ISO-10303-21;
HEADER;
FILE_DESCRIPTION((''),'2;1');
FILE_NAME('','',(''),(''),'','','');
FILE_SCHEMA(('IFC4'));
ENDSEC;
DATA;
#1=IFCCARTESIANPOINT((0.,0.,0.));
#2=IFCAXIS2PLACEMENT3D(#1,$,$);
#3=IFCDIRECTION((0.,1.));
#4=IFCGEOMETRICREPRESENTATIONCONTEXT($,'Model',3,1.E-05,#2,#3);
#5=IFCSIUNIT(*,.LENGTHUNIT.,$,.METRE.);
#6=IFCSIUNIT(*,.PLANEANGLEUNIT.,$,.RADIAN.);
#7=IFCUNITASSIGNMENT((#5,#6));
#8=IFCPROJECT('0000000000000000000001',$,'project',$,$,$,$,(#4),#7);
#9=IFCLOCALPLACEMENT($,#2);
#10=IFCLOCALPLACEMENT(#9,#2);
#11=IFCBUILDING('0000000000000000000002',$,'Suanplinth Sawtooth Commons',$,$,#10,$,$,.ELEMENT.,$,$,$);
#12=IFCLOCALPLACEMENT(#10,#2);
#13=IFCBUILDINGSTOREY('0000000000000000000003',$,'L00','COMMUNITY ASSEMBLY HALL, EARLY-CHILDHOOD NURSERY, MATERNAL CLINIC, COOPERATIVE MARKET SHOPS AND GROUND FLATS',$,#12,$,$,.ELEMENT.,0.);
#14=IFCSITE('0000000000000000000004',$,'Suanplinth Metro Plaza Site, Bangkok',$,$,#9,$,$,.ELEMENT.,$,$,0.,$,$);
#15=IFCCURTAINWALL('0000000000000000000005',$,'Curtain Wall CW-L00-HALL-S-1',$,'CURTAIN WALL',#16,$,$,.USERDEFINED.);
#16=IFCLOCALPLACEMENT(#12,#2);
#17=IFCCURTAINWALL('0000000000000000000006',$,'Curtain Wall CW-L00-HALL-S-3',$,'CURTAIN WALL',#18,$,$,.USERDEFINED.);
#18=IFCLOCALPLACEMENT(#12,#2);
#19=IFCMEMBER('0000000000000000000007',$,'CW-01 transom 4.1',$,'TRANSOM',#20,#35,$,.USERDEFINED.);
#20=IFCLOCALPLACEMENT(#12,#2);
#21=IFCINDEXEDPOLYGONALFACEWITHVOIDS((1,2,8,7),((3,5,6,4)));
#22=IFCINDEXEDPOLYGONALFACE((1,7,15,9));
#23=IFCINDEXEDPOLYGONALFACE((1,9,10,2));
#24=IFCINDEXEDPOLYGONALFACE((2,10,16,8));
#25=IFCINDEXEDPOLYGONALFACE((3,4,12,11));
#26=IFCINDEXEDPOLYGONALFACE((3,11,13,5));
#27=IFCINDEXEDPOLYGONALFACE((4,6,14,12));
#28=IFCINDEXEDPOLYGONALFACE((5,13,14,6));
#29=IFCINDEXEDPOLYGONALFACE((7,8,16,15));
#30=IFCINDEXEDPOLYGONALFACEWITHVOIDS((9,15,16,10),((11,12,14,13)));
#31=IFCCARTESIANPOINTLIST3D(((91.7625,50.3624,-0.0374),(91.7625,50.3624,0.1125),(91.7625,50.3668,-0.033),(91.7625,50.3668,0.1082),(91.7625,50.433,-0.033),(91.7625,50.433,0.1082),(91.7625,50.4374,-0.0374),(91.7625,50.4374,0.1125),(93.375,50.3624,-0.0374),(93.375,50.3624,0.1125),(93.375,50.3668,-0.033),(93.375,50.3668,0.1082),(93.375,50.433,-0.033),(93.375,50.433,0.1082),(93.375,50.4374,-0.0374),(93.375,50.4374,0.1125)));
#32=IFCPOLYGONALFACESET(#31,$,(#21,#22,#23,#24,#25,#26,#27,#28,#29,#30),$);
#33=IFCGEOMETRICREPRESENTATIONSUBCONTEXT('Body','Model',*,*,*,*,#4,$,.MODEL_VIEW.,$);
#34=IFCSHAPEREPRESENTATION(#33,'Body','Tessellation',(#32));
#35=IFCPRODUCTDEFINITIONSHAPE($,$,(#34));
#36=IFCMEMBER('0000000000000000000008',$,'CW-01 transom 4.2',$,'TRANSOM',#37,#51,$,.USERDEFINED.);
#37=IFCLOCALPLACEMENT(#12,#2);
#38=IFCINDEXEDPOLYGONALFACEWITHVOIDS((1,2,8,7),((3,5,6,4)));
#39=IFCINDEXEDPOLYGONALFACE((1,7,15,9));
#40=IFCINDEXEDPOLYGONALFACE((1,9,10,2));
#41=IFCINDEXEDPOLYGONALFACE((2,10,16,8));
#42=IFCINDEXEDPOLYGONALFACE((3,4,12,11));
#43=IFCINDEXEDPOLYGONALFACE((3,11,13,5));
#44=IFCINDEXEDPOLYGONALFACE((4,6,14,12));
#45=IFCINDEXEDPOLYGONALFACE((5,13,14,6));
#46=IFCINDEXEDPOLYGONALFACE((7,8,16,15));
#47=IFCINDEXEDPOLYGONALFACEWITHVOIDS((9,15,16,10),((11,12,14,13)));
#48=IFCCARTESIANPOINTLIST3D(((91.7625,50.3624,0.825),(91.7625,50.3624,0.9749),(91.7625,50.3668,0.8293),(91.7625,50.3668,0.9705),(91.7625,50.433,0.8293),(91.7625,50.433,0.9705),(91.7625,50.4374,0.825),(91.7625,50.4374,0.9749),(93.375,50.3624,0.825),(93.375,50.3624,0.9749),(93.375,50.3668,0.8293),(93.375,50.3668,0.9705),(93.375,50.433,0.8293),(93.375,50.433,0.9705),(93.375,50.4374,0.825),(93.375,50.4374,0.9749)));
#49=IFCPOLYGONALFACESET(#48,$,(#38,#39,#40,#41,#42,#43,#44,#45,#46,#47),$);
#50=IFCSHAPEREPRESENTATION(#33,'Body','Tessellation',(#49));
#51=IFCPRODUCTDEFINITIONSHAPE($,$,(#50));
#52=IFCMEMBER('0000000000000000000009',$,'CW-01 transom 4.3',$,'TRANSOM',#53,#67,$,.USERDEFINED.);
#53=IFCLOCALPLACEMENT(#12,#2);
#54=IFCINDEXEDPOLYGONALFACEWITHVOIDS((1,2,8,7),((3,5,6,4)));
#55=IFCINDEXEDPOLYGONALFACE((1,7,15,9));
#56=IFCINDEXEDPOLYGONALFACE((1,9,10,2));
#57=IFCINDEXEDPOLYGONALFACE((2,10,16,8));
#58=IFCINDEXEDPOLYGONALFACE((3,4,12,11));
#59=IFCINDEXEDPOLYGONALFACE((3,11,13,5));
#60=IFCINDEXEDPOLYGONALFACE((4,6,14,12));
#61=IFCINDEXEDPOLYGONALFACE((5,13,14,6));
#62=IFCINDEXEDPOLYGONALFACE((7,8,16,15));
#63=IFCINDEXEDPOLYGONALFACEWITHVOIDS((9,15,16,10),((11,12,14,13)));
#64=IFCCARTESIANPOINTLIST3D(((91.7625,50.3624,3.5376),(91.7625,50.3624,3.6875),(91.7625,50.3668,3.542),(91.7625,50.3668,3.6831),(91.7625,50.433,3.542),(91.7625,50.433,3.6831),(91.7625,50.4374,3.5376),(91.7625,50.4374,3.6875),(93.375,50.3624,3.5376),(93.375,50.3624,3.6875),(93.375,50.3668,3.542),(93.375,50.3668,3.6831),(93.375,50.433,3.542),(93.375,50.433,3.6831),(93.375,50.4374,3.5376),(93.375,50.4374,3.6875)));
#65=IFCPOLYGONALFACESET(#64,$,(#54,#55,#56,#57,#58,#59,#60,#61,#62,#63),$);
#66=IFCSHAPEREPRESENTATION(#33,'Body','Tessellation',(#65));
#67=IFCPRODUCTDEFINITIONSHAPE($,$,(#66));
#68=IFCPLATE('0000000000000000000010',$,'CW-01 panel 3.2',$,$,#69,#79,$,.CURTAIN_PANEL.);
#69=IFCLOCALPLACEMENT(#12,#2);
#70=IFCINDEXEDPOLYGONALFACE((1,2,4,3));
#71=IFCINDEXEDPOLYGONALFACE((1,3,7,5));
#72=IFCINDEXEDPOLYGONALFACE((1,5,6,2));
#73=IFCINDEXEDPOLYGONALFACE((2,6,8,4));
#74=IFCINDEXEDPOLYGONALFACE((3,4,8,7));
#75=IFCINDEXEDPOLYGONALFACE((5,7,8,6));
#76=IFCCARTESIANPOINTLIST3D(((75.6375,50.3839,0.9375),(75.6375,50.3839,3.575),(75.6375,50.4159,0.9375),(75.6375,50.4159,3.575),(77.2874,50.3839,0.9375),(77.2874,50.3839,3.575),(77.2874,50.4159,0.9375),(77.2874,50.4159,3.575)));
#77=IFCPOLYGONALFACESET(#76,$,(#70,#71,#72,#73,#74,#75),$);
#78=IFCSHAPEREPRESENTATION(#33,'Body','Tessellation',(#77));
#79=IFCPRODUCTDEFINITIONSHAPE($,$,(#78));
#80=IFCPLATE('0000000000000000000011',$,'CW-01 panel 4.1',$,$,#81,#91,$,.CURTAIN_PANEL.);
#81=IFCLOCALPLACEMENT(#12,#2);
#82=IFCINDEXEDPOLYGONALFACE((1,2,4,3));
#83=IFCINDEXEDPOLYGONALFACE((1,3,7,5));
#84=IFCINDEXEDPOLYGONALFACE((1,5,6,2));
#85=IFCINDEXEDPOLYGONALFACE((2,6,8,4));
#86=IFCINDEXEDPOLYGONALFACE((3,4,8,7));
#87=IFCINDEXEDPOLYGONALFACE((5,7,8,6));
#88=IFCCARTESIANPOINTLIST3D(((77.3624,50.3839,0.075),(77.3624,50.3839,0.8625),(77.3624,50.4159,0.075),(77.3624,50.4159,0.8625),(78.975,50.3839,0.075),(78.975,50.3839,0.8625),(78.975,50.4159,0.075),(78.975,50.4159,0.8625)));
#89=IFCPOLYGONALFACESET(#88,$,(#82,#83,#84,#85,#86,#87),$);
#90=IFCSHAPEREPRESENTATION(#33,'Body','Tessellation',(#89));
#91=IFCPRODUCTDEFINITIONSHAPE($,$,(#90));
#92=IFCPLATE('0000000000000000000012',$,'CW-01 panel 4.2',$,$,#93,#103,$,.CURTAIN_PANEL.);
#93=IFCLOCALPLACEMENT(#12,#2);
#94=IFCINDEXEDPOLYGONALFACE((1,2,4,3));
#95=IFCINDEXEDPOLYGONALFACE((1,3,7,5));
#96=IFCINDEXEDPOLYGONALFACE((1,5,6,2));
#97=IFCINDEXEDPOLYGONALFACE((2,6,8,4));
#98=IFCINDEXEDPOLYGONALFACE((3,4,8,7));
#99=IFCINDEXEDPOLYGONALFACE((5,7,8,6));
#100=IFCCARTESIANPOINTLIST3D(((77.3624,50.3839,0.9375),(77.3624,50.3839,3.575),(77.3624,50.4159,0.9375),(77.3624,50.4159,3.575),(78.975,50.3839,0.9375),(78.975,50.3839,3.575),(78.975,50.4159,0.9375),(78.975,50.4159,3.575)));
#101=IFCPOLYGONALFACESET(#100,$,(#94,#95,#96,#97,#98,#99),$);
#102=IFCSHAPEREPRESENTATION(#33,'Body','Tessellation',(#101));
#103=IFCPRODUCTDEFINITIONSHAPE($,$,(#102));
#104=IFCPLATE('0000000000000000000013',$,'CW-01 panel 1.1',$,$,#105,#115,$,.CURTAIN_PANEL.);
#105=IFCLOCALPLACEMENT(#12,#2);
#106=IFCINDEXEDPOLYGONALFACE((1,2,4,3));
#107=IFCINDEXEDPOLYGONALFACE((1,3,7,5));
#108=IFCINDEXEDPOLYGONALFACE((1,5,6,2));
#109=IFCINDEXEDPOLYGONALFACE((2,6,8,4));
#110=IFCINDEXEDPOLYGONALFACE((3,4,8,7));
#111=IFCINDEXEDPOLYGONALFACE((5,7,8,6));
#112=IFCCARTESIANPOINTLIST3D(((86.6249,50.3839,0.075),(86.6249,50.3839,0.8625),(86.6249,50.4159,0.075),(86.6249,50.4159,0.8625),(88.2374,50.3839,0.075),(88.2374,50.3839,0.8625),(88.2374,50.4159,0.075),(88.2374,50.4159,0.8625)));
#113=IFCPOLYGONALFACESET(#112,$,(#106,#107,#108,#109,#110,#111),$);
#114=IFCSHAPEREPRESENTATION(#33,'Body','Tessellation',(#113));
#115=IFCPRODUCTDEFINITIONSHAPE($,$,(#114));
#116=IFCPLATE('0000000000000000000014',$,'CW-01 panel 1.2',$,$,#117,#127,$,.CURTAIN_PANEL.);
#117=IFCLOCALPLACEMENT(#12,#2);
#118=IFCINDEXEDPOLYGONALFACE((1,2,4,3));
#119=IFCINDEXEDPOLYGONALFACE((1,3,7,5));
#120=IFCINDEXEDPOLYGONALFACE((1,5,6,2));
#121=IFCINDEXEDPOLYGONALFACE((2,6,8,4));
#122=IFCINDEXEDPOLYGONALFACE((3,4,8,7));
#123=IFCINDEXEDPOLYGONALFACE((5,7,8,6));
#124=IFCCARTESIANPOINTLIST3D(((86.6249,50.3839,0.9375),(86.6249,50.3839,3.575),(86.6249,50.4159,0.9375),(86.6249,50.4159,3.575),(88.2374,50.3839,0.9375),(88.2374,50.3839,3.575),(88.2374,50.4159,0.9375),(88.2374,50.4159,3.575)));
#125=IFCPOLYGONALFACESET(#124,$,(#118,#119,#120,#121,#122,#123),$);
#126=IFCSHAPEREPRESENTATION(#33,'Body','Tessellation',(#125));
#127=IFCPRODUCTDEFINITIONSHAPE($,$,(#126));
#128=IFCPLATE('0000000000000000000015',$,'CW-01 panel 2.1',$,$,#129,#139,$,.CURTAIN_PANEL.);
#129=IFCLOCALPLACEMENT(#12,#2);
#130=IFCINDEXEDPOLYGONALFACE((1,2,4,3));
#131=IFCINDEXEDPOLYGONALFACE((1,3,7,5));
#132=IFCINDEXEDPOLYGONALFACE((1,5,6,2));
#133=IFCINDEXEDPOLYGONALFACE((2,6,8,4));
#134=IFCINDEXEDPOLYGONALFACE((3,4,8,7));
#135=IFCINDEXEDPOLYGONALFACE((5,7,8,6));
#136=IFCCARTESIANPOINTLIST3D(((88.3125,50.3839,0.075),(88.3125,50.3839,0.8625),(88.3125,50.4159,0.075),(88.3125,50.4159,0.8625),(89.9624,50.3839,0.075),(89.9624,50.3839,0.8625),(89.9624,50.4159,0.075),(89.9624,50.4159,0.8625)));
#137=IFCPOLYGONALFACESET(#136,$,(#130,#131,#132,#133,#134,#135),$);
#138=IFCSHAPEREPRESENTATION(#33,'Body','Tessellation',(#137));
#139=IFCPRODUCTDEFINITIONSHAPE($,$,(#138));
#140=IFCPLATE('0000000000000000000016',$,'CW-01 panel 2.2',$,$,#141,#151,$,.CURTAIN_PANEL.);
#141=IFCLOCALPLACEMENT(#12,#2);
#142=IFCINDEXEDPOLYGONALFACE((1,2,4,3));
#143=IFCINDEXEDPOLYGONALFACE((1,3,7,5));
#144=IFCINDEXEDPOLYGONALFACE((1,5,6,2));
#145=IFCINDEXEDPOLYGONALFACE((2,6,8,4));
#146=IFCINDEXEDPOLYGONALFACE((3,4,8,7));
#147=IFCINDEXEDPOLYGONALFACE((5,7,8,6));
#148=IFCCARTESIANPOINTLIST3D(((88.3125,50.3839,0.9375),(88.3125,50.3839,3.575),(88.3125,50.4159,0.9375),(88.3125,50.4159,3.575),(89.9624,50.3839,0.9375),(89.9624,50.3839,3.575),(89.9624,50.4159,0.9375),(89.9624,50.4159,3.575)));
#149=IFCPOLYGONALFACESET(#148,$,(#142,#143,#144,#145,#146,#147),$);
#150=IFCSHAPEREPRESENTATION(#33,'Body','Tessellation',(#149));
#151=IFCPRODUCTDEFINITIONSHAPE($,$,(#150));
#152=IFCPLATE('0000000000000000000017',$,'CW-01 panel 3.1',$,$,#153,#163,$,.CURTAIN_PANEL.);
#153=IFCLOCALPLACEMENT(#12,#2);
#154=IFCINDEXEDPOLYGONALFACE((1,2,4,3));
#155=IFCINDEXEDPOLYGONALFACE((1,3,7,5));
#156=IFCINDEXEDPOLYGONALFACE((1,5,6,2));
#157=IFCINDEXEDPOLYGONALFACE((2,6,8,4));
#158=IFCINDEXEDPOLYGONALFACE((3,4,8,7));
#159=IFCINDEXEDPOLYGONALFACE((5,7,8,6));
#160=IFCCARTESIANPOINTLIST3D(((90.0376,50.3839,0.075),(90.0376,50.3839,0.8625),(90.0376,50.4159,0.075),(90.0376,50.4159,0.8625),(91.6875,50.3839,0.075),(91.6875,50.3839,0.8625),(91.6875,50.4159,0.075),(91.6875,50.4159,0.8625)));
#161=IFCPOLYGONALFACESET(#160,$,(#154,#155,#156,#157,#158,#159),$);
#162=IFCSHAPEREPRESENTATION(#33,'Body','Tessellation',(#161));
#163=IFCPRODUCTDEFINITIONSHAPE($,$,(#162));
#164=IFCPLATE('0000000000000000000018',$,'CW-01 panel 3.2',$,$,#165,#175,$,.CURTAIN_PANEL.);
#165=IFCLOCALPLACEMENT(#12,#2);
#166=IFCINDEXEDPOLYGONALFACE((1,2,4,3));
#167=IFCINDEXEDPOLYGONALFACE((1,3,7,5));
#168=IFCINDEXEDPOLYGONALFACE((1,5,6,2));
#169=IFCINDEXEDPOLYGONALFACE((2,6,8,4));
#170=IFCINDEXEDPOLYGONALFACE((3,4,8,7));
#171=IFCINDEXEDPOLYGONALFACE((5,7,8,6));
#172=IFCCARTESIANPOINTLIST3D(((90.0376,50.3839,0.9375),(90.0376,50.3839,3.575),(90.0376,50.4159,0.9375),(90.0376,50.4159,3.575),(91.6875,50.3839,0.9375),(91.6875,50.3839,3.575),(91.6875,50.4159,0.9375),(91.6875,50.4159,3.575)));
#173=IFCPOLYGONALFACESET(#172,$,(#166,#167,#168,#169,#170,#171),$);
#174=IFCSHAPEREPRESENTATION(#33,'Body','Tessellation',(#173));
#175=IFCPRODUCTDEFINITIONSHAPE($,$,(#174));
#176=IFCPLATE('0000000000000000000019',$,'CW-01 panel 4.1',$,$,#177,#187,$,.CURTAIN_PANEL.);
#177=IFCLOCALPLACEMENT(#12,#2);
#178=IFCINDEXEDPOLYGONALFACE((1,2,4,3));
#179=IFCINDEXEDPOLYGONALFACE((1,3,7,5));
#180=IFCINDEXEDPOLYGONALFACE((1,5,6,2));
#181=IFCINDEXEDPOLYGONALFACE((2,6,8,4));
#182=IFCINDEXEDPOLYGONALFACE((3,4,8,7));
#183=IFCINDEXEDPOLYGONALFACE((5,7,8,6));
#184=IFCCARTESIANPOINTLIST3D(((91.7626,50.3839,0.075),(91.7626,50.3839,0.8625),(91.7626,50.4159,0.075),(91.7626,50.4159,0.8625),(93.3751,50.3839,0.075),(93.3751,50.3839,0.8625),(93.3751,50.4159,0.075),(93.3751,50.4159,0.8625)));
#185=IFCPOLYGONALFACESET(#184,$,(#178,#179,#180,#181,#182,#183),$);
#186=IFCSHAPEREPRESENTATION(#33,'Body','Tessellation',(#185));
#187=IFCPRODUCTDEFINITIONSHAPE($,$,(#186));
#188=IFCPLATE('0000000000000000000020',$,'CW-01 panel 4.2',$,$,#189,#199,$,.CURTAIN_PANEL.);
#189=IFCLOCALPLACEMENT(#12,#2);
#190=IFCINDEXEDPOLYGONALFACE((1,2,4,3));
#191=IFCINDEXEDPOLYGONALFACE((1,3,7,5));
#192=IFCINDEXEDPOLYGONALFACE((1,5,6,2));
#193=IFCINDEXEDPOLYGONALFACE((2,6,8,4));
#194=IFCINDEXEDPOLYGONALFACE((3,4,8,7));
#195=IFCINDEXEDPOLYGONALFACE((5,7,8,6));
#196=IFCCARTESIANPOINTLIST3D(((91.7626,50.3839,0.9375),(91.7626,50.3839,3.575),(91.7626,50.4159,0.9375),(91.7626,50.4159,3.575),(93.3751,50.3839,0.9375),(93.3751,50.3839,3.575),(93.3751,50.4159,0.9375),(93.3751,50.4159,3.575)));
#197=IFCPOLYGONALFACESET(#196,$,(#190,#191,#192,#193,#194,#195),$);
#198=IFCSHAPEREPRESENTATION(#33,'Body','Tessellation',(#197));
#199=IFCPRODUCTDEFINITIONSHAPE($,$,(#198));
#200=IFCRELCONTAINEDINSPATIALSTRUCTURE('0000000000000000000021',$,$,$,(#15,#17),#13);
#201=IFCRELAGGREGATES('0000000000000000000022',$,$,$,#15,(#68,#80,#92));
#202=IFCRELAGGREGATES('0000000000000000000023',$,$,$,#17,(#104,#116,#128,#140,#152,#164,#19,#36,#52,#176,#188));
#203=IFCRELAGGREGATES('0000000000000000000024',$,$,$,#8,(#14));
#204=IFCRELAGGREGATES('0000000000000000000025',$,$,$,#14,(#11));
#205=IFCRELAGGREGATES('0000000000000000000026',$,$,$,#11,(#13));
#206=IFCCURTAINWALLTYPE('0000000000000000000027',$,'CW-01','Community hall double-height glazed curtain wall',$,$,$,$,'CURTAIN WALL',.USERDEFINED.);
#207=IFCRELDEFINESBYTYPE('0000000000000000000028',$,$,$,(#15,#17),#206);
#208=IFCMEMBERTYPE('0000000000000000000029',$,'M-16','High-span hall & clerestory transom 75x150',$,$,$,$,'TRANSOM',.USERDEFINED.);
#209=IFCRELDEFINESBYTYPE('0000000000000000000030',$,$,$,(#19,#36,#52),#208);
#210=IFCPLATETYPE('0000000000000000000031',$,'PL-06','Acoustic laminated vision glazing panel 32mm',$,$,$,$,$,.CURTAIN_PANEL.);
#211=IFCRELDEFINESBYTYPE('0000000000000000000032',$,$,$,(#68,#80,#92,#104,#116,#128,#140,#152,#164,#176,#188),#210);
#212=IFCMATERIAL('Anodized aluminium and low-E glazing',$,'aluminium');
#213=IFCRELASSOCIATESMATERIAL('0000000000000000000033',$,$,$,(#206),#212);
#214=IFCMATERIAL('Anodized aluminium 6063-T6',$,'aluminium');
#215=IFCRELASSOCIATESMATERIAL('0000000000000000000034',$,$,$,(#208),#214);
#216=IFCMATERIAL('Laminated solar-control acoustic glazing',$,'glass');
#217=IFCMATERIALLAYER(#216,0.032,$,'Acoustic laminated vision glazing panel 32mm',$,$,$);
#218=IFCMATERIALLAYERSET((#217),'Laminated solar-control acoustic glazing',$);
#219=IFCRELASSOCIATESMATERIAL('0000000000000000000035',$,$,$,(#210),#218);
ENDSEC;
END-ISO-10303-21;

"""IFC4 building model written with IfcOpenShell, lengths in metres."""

from ifc_helpers import new_model, si_unit, direction, frame, origin, origin_2d, place, context, subcontext, project, spatial, rectangle, hollow_rectangle, extrude, material, layer, layer_set, material_profile, profile_set, type_object, element, aggregate, save


model = new_model("IFC4")

# Units and contexts
model_context = context("Model", 3, precision=1e-05, world=origin(), true_north=direction((0.0, 1.0)))
body_context = subcontext(model_context, "Body", "Model", "MODEL_VIEW")
ifc_project = project(units=[si_unit("LENGTHUNIT", "METRE"), si_unit("PLANEANGLEUNIT", "RADIAN")], contexts=[model_context])

# Site, building, storey
site_placement = place(None, origin())
site = spatial("IfcSite", under=ifc_project, at=site_placement, Name="Suanplinth Metro Plaza Site, Bangkok", CompositionType="ELEMENT", RefElevation=0.0)
building_placement = place(site_placement, origin())
building = spatial("IfcBuilding", under=site, at=building_placement, Name="Suanplinth Sawtooth Commons", CompositionType="ELEMENT")
storey_placement = place(building_placement, origin())
storey = spatial("IfcBuildingStorey", under=building, at=storey_placement, Name="L00", Description="COMMUNITY ASSEMBLY HALL, EARLY-CHILDHOOD NURSERY, MATERNAL CLINIC, COOPERATIVE MARKET SHOPS AND GROUND FLATS", CompositionType="ELEMENT", Elevation=0.0)

# Curtain walls
ifc_material_1 = material(Name="Anodized aluminium and low-E glazing", Category="aluminium")
curtain_wall_type = type_object("IfcCurtainWallType", Name="CW-01", Description="Community hall double-height glazed curtain wall", ElementType="CURTAIN WALL", PredefinedType="USERDEFINED", material=ifc_material_1)
curtain_wall_1_placement = place(storey_placement, origin())
curtain_wall_1 = element("IfcCurtainWall", 1, at=curtain_wall_1_placement, inside=storey, type_object=curtain_wall_type, Name="Curtain Wall CW-L00-HALL-S-1", ObjectType="CURTAIN WALL", PredefinedType="USERDEFINED")
ifc_material_2 = material(Name="Anodized aluminium 6063-T6", Category="aluminium")
curtain_wall_2_placement = place(storey_placement, origin())
curtain_wall_2 = element("IfcCurtainWall", 2, at=curtain_wall_2_placement, inside=storey, type_object=curtain_wall_type, Name="Curtain Wall CW-L00-HALL-S-3", ObjectType="CURTAIN WALL", PredefinedType="USERDEFINED")

# Members
ifc_material_profile_1 = material_profile(ifc_material_2, hollow_rectangle(XDim=0.075, YDim=0.1499, WallThickness=0.0044, at=origin_2d()), Name="ALU-TRN 75x150")
ifc_profile_set_1 = profile_set([ifc_material_profile_1], Name="Anodized aluminium 6063-T6")
member_type_1 = type_object("IfcMemberType", Name="M-16", Description="High-span hall & clerestory transom 75x150", ElementType="TRANSOM", PredefinedType="USERDEFINED", material=ifc_profile_set_1)
member_1_placement = place(storey_placement, frame((91.7625, 50.3999, 0.0376), z_axis=(1.0, 0.0, 0.0), x_axis=(0.0, 1.0, 0.0)))
member_1 = element("IfcMember", 3, at=member_1_placement, type_object=member_type_1, Name="CW-01 transom 4.1", ObjectType="TRANSOM", PredefinedType="USERDEFINED", context=body_context, shape_type="SweptSolid", body=[
    extrude(hollow_rectangle(XDim=0.075, YDim=0.1499, WallThickness=0.0044, at=origin_2d()), origin(), (0.0, 0.0, 1.0), 1.6125),
])
member_2_placement = place(storey_placement, frame((91.7625, 50.3999, 0.8999), z_axis=(1.0, 0.0, 0.0), x_axis=(0.0, 1.0, 0.0)))
member_2 = element("IfcMember", 4, at=member_2_placement, type_object=member_type_1, Name="CW-01 transom 4.2", ObjectType="TRANSOM", PredefinedType="USERDEFINED", context=body_context, shape_type="SweptSolid", body=[
    extrude(hollow_rectangle(XDim=0.075, YDim=0.1499, WallThickness=0.0044, at=origin_2d()), origin(), (0.0, 0.0, 1.0), 1.6125),
])
member_3_placement = place(storey_placement, frame((91.7625, 50.3999, 3.6125), z_axis=(1.0, 0.0, 0.0), x_axis=(0.0, 1.0, 0.0)))
member_3 = element("IfcMember", 5, at=member_3_placement, type_object=member_type_1, Name="CW-01 transom 4.3", ObjectType="TRANSOM", PredefinedType="USERDEFINED", context=body_context, shape_type="SweptSolid", body=[
    extrude(hollow_rectangle(XDim=0.075, YDim=0.1499, WallThickness=0.0044, at=origin_2d()), origin(), (0.0, 0.0, 1.0), 1.6125),
])

# Plates
ifc_material_3 = material(Name="Laminated solar-control acoustic glazing", Category="glass")
ifc_layer_1 = layer(ifc_material_3, 0.032, Name="Acoustic laminated vision glazing panel 32mm")
ifc_layer_set_1 = layer_set([ifc_layer_1], Name="Laminated solar-control acoustic glazing")
plate_type = type_object("IfcPlateType", Name="PL-06", Description="Acoustic laminated vision glazing panel 32mm", PredefinedType="CURTAIN_PANEL", material=ifc_layer_set_1)
plate_1_placement = place(storey_placement, frame((76.4624, 50.3999, 0.9375), z_axis=(0.0, 0.0, 1.0), x_axis=(1.0, 0.0, 0.0)))
plate_1 = element("IfcPlate", 6, at=plate_1_placement, type_object=plate_type, Name="CW-01 panel 3.2", PredefinedType="CURTAIN_PANEL", context=body_context, shape_type="SweptSolid", body=[
    extrude(rectangle(XDim=1.6499, YDim=0.032, at=origin_2d()), origin(), (0.0, 0.0, 1.0), 2.6375),
])
plate_2_placement = place(storey_placement, frame((78.1687, 50.3999, 0.075), z_axis=(0.0, 0.0, 1.0), x_axis=(1.0, 0.0, 0.0)))
plate_2 = element("IfcPlate", 7, at=plate_2_placement, type_object=plate_type, Name="CW-01 panel 4.1", PredefinedType="CURTAIN_PANEL", context=body_context, shape_type="SweptSolid", body=[
    extrude(rectangle(XDim=1.6125, YDim=0.032, at=origin_2d()), origin(), (0.0, 0.0, 1.0), 0.7876),
])
plate_3_placement = place(storey_placement, frame((78.1687, 50.3999, 0.9375), z_axis=(0.0, 0.0, 1.0), x_axis=(1.0, 0.0, 0.0)))
plate_3 = element("IfcPlate", 8, at=plate_3_placement, type_object=plate_type, Name="CW-01 panel 4.2", PredefinedType="CURTAIN_PANEL", context=body_context, shape_type="SweptSolid", body=[
    extrude(rectangle(XDim=1.6125, YDim=0.032, at=origin_2d()), origin(), (0.0, 0.0, 1.0), 2.6375),
])
aggregate(curtain_wall_1, [plate_1, plate_2, plate_3])
plate_4_placement = place(storey_placement, frame((87.4312, 50.3999, 0.075), z_axis=(0.0, 0.0, 1.0), x_axis=(1.0, 0.0, 0.0)))
plate_4 = element("IfcPlate", 9, at=plate_4_placement, type_object=plate_type, Name="CW-01 panel 1.1", PredefinedType="CURTAIN_PANEL", context=body_context, shape_type="SweptSolid", body=[
    extrude(rectangle(XDim=1.6125, YDim=0.032, at=origin_2d()), origin(), (0.0, 0.0, 1.0), 0.7876),
])
plate_5_placement = place(storey_placement, frame((87.4312, 50.3999, 0.9375), z_axis=(0.0, 0.0, 1.0), x_axis=(1.0, 0.0, 0.0)))
plate_5 = element("IfcPlate", 10, at=plate_5_placement, type_object=plate_type, Name="CW-01 panel 1.2", PredefinedType="CURTAIN_PANEL", context=body_context, shape_type="SweptSolid", body=[
    extrude(rectangle(XDim=1.6125, YDim=0.032, at=origin_2d()), origin(), (0.0, 0.0, 1.0), 2.6375),
])
plate_6_placement = place(storey_placement, frame((89.1375, 50.3999, 0.075), z_axis=(0.0, 0.0, 1.0), x_axis=(1.0, 0.0, 0.0)))
plate_6 = element("IfcPlate", 11, at=plate_6_placement, type_object=plate_type, Name="CW-01 panel 2.1", PredefinedType="CURTAIN_PANEL", context=body_context, shape_type="SweptSolid", body=[
    extrude(rectangle(XDim=1.6499, YDim=0.032, at=origin_2d()), origin(), (0.0, 0.0, 1.0), 0.7876),
])
plate_7_placement = place(storey_placement, frame((89.1375, 50.3999, 0.9375), z_axis=(0.0, 0.0, 1.0), x_axis=(1.0, 0.0, 0.0)))
plate_7 = element("IfcPlate", 12, at=plate_7_placement, type_object=plate_type, Name="CW-01 panel 2.2", PredefinedType="CURTAIN_PANEL", context=body_context, shape_type="SweptSolid", body=[
    extrude(rectangle(XDim=1.6499, YDim=0.032, at=origin_2d()), origin(), (0.0, 0.0, 1.0), 2.6375),
])
plate_8_placement = place(storey_placement, frame((90.8625, 50.3999, 0.075), z_axis=(0.0, 0.0, 1.0), x_axis=(1.0, 0.0, 0.0)))
plate_8 = element("IfcPlate", 13, at=plate_8_placement, type_object=plate_type, Name="CW-01 panel 3.1", PredefinedType="CURTAIN_PANEL", context=body_context, shape_type="SweptSolid", body=[
    extrude(rectangle(XDim=1.6499, YDim=0.032, at=origin_2d()), origin(), (0.0, 0.0, 1.0), 0.7876),
])
plate_9_placement = place(storey_placement, frame((90.8625, 50.3999, 0.9375), z_axis=(0.0, 0.0, 1.0), x_axis=(1.0, 0.0, 0.0)))
plate_9 = element("IfcPlate", 14, at=plate_9_placement, type_object=plate_type, Name="CW-01 panel 3.2", PredefinedType="CURTAIN_PANEL", context=body_context, shape_type="SweptSolid", body=[
    extrude(rectangle(XDim=1.6499, YDim=0.032, at=origin_2d()), origin(), (0.0, 0.0, 1.0), 2.6375),
])
plate_10_placement = place(storey_placement, frame((92.5688, 50.3999, 0.075), z_axis=(0.0, 0.0, 1.0), x_axis=(1.0, 0.0, 0.0)))
plate_10 = element("IfcPlate", 15, at=plate_10_placement, type_object=plate_type, Name="CW-01 panel 4.1", PredefinedType="CURTAIN_PANEL", context=body_context, shape_type="SweptSolid", body=[
    extrude(rectangle(XDim=1.6125, YDim=0.032, at=origin_2d()), origin(), (0.0, 0.0, 1.0), 0.7876),
])
plate_11_placement = place(storey_placement, frame((92.5688, 50.3999, 0.9375), z_axis=(0.0, 0.0, 1.0), x_axis=(1.0, 0.0, 0.0)))
plate_11 = element("IfcPlate", 16, at=plate_11_placement, type_object=plate_type, Name="CW-01 panel 4.2", PredefinedType="CURTAIN_PANEL", context=body_context, shape_type="SweptSolid", body=[
    extrude(rectangle(XDim=1.6125, YDim=0.032, at=origin_2d()), origin(), (0.0, 0.0, 1.0), 2.6375),
])
aggregate(curtain_wall_2, [plate_4, plate_5, plate_6, plate_7, plate_8, plate_9, member_1, member_2, member_3, plate_10, plate_11])

save(model, "model.ifc")
